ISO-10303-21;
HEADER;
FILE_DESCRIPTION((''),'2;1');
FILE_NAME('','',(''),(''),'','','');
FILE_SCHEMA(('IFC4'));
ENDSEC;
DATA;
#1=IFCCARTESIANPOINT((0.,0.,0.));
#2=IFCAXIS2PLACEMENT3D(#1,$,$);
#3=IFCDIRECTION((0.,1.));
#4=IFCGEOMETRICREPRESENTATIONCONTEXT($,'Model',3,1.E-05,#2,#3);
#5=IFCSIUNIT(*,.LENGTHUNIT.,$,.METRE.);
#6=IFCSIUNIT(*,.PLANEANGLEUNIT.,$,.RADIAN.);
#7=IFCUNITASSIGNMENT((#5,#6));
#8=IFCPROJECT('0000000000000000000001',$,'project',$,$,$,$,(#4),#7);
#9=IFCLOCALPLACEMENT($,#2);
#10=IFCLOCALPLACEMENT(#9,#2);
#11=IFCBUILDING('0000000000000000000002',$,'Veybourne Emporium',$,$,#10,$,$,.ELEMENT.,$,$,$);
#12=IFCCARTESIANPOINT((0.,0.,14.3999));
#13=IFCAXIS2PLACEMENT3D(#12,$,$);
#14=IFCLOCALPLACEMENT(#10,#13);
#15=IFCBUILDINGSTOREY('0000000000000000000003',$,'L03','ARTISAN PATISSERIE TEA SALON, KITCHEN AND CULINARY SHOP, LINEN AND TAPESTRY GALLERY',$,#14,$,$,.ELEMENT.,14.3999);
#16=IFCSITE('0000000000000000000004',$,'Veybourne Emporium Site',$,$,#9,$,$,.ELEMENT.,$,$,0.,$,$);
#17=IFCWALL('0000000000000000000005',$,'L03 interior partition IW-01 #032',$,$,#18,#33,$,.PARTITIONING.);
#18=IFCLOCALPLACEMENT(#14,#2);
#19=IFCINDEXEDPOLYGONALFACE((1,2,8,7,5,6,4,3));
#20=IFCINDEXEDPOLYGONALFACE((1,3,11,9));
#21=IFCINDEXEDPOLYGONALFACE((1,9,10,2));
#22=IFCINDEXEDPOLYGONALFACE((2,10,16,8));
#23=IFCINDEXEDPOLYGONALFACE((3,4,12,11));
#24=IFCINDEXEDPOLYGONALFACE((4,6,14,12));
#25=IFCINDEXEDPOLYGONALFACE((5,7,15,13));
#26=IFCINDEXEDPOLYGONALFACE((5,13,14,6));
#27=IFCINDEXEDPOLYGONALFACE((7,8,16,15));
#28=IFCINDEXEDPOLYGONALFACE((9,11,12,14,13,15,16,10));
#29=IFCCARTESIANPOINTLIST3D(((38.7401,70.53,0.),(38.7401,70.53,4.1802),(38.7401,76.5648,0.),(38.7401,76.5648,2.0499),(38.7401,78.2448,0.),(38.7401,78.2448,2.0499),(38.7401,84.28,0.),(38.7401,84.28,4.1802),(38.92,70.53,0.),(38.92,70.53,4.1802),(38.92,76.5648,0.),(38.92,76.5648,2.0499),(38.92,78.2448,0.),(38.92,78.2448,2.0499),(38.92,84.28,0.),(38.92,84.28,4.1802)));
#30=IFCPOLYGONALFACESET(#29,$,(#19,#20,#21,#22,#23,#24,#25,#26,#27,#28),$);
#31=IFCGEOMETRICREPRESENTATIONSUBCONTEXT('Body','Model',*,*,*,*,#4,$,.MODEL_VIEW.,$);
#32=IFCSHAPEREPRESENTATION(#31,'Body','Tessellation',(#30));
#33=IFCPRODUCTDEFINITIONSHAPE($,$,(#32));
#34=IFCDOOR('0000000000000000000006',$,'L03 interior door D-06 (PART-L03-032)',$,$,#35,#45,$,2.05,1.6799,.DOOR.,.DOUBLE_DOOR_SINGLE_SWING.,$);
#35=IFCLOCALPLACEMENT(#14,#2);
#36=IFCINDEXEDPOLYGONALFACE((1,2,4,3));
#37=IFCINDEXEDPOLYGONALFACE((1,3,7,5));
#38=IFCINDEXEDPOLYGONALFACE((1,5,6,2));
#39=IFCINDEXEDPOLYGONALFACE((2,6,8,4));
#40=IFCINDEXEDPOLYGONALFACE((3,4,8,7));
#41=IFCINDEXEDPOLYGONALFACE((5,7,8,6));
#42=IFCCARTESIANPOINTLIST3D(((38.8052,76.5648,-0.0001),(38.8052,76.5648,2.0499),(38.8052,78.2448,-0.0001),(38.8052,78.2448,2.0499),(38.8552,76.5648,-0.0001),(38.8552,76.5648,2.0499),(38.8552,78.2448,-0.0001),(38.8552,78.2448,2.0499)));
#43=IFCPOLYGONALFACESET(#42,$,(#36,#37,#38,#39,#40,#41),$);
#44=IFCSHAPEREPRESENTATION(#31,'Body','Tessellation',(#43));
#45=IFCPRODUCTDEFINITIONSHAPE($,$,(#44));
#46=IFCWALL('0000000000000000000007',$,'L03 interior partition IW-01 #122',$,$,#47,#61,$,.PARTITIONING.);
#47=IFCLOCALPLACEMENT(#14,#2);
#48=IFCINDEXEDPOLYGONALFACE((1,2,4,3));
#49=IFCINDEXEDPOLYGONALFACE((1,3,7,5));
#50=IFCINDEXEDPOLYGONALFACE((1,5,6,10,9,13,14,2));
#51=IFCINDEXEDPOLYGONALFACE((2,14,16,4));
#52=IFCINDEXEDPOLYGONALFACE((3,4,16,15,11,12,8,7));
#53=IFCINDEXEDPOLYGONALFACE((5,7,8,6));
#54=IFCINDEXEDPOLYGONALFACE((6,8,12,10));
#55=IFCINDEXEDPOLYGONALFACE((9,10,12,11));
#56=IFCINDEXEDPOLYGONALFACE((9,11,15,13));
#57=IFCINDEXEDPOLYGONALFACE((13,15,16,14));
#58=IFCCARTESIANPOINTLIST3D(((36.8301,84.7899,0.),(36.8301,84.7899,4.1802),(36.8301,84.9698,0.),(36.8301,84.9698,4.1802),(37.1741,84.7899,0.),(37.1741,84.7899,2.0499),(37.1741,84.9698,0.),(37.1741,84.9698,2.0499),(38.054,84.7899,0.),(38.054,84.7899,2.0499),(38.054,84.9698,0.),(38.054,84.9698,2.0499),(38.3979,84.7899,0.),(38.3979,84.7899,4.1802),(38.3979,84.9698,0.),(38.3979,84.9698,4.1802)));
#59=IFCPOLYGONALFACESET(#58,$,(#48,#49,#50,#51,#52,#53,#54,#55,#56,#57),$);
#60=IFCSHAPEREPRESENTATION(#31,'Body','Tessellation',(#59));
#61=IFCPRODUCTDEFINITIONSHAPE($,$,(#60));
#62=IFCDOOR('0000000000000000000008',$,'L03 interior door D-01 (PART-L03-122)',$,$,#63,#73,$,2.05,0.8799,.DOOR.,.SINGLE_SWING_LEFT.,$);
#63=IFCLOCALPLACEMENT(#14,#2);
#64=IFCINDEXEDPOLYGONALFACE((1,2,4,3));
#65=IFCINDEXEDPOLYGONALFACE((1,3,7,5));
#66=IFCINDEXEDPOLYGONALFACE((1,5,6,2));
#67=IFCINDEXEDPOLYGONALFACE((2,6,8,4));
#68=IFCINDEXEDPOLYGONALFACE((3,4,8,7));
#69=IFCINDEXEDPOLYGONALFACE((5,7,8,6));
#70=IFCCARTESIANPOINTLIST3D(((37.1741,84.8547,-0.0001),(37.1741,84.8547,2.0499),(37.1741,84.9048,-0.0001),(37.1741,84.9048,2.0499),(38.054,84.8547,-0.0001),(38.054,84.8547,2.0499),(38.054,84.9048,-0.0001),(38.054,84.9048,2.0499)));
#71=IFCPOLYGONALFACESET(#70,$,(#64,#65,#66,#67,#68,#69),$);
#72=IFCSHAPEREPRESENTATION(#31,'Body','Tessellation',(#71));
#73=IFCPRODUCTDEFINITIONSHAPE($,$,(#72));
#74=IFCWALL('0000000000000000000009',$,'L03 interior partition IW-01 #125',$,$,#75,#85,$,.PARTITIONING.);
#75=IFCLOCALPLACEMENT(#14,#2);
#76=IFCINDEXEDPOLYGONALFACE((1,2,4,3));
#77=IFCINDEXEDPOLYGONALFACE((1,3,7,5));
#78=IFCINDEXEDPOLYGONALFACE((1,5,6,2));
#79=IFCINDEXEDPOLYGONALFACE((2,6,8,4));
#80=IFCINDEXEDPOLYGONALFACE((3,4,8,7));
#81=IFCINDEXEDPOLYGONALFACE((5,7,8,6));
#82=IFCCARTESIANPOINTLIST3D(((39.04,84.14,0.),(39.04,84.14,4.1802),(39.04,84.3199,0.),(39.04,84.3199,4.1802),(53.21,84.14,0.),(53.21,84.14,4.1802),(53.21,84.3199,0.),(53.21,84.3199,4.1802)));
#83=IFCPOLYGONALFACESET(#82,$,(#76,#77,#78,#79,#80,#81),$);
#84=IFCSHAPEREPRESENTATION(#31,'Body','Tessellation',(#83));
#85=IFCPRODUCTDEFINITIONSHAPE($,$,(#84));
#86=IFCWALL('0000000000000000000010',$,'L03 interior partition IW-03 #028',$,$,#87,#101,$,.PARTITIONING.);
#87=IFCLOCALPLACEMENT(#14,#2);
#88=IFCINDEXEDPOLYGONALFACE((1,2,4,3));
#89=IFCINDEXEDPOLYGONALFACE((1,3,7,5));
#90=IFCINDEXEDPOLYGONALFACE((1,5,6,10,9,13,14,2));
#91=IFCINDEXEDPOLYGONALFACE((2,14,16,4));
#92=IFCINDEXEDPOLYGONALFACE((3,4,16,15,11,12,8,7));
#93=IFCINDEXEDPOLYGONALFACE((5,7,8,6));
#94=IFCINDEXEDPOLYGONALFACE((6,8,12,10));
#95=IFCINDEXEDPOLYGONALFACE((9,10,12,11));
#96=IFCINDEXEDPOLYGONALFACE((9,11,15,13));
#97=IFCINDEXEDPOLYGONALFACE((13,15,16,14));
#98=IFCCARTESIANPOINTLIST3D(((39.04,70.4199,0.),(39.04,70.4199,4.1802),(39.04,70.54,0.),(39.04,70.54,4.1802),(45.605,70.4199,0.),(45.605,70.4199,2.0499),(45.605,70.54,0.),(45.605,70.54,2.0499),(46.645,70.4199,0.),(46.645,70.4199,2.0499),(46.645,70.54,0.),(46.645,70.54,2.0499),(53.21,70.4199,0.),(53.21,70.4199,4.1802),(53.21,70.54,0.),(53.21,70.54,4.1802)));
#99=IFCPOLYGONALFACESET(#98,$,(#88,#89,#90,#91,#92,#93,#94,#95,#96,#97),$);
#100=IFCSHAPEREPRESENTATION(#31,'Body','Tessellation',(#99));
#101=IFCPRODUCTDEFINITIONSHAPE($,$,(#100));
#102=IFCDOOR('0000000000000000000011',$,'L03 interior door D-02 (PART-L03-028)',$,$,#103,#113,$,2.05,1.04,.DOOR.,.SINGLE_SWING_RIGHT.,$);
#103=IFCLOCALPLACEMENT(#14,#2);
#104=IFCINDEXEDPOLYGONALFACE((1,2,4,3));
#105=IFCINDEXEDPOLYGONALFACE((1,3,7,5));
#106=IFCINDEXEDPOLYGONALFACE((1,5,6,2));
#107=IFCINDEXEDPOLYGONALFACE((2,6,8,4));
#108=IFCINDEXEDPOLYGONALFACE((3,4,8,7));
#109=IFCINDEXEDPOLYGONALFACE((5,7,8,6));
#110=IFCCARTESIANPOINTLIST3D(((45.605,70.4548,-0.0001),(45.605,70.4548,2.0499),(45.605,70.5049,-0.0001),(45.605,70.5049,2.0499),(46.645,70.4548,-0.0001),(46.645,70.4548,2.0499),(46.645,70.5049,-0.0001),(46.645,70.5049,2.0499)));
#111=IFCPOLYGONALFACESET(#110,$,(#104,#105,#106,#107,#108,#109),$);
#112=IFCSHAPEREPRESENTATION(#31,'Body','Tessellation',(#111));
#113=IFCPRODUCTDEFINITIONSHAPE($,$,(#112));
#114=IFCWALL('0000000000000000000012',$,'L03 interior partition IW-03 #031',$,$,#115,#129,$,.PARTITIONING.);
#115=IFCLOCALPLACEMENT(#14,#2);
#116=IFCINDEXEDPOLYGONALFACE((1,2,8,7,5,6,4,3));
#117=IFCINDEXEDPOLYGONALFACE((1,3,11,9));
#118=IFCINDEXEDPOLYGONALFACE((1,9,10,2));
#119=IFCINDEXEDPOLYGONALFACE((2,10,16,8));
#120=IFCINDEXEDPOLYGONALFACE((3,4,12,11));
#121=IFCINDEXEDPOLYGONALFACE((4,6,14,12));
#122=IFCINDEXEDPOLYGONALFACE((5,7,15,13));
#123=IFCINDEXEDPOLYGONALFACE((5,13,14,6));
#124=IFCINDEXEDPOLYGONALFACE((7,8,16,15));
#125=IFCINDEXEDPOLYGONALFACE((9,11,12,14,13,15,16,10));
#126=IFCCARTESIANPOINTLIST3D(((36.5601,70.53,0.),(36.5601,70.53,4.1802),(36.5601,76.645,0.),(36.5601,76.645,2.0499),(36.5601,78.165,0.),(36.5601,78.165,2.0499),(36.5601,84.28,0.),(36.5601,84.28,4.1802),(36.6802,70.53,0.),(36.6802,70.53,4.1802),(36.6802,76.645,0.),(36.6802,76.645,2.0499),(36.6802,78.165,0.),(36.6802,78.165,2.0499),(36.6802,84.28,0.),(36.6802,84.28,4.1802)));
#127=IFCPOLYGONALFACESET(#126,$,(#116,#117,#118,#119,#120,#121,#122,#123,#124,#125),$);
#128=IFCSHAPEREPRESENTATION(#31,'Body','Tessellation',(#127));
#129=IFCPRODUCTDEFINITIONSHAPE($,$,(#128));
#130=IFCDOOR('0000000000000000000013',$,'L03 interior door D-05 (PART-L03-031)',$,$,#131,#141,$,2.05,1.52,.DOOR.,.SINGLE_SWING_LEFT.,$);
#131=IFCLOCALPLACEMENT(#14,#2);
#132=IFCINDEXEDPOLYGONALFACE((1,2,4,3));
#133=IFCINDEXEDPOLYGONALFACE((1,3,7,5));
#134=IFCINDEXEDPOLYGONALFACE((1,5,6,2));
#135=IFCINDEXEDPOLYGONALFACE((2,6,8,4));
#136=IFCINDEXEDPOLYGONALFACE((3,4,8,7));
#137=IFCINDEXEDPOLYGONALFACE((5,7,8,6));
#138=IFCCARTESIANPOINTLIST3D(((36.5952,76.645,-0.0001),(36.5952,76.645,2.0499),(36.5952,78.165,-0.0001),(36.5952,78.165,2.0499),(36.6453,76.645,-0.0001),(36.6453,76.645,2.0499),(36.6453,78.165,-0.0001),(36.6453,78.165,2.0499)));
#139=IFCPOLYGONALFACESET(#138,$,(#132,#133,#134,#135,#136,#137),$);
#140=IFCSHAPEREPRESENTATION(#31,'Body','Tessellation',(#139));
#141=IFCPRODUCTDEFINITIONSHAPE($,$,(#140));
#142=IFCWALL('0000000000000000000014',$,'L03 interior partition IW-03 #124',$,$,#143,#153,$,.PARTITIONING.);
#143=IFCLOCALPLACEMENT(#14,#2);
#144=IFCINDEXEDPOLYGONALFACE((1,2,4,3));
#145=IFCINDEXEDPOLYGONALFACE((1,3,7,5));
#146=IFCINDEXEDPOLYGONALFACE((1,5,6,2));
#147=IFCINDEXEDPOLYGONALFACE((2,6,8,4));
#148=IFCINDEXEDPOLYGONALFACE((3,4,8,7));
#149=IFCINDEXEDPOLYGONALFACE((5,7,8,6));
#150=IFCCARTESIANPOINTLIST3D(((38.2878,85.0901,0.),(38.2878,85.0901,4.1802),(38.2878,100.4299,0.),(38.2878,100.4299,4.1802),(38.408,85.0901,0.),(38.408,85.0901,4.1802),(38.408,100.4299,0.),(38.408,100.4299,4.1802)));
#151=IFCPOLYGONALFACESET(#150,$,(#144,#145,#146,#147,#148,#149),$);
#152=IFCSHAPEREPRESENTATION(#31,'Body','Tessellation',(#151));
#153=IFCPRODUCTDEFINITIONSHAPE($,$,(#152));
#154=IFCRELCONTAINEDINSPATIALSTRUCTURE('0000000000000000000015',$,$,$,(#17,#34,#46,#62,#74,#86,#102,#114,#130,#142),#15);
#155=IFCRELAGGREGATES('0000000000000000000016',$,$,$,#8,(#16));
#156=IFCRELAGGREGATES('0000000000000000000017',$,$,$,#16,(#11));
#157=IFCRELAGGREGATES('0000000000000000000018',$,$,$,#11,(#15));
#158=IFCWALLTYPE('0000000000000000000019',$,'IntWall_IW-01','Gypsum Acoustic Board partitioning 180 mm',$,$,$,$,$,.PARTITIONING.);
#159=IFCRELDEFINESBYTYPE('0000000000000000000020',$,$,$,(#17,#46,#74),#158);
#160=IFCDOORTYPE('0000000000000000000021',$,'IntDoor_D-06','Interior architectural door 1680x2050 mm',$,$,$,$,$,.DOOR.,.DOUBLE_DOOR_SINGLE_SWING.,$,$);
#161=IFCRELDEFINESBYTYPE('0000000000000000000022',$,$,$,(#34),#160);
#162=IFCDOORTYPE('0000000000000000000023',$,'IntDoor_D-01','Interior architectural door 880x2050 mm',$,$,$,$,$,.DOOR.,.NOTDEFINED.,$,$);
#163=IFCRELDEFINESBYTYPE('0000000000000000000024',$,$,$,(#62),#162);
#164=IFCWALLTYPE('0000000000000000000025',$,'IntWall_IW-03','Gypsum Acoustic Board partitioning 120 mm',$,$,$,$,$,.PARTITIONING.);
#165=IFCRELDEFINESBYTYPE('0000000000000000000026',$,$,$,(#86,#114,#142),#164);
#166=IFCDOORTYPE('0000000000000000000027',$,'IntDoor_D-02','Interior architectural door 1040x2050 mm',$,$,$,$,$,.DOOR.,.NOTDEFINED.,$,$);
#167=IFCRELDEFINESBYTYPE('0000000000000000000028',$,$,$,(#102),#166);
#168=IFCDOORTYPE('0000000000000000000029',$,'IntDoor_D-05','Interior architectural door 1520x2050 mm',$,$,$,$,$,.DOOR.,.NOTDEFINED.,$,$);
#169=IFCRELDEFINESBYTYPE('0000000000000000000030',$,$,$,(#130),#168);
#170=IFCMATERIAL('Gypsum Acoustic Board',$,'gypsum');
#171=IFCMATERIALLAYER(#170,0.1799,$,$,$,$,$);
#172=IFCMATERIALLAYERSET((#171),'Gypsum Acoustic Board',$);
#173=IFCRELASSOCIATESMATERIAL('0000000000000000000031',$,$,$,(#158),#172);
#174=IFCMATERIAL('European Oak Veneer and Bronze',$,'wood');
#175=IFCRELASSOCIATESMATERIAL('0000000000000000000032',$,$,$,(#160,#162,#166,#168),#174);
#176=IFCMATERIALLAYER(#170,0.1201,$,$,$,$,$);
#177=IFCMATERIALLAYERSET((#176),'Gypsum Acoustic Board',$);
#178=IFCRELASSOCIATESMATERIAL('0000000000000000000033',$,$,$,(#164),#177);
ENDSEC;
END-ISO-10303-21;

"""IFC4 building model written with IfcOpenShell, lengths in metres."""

from ifc_helpers import new_model, si_unit, direction, frame, frame_2d, origin, place, context, subcontext, project, spatial, rectangle, extrude, material, layer, layer_set, type_object, element, fill, save


model = new_model("IFC4")

# Units and contexts
model_context = context("Model", 3, precision=1e-05, world=origin(), true_north=direction((0.0, 1.0)))
body_context = subcontext(model_context, "Body", "Model", "MODEL_VIEW")
ifc_project = project(units=[si_unit("LENGTHUNIT", "METRE"), si_unit("PLANEANGLEUNIT", "RADIAN")], contexts=[model_context])

# Site, building, storey
site_placement = place(None, origin())
site = spatial("IfcSite", under=ifc_project, at=site_placement, Name="Veybourne Emporium Site", CompositionType="ELEMENT", RefElevation=0.0)
building_placement = place(site_placement, origin())
building = spatial("IfcBuilding", under=site, at=building_placement, Name="Veybourne Emporium", CompositionType="ELEMENT")
storey_placement = place(building_placement, frame((0.0, 0.0, 14.3999)))
storey = spatial("IfcBuildingStorey", under=building, at=storey_placement, Name="L03", Description="ARTISAN PATISSERIE TEA SALON, KITCHEN AND CULINARY SHOP, LINEN AND TAPESTRY GALLERY", CompositionType="ELEMENT", Elevation=14.3999)

# Walls, openings, doors
ifc_material_1 = material(Name="Gypsum Acoustic Board", Category="gypsum")
ifc_layer_1 = layer(ifc_material_1, 0.1799)
ifc_layer_set_1 = layer_set([ifc_layer_1], Name="Gypsum Acoustic Board")
wall_type_1 = type_object("IfcWallType", Name="IntWall_IW-01", Description="Gypsum Acoustic Board partitioning 180 mm", PredefinedType="PARTITIONING", material=ifc_layer_set_1)
ifc_material_2 = material(Name="European Oak Veneer and Bronze", Category="wood")
wall_1_placement = place(storey_placement, frame((38.8301, 70.53, 0.0), z_axis=(0.0, 0.0, 1.0), x_axis=(0.0, 1.0, 0.0)))
wall_1 = element("IfcWall", 1, at=wall_1_placement, inside=storey, type_object=wall_type_1, Name="L03 interior partition IW-01 #032", PredefinedType="PARTITIONING", context=body_context, shape_type="SweptSolid", body=[
    extrude(rectangle(XDim=13.75, YDim=0.1799, at=frame_2d((6.875, 0.0))), origin(), (0.0, 0.0, 1.0), 4.1802),
])
opening_1_placement = place(wall_1_placement, frame((6.0349, 0.0, 0.0)))
opening_1 = element("IfcOpeningElement", 2, at=opening_1_placement, cuts=wall_1, PredefinedType="OPENING", context=body_context, shape_type="SweptSolid", body=[
    extrude(rectangle(XDim=1.6799, YDim=2.05, at=frame_2d((0.8398, 1.0249))), frame((0.0, 0.1099, 0.0), z_axis=(0.0, -1.0, 0.0), x_axis=(1.0, 0.0, 0.0)), (0.0, 0.0, 1.0), 0.22),
])
door_type_1 = type_object("IfcDoorType", Name="IntDoor_D-06", Description="Interior architectural door 1680x2050 mm", OperationType="DOUBLE_DOOR_SINGLE_SWING", PredefinedType="DOOR", material=ifc_material_2)
door_1_placement = place(opening_1_placement, origin())
door_1 = element("IfcDoor", 3, at=door_1_placement, inside=storey, type_object=door_type_1, Name="L03 interior door D-06 (PART-L03-032)", OperationType="DOUBLE_DOOR_SINGLE_SWING", OverallHeight=2.05, OverallWidth=1.6799, PredefinedType="DOOR", context=body_context, shape_type="SweptSolid", body=[
    extrude(rectangle(XDim=1.6799, YDim=2.05, at=frame_2d((0.8398, 1.0249))), frame((0.0, 0.0249, 0.0), z_axis=(0.0, -1.0, 0.0), x_axis=(1.0, 0.0, 0.0)), (0.0, 0.0, 1.0), 0.05),
])
fill(opening_1, door_1)
wall_2_placement = place(storey_placement, frame((36.8301, 84.8799, 0.0), z_axis=(0.0, 0.0, 1.0), x_axis=(1.0, 0.0, 0.0)))
wall_2 = element("IfcWall", 4, at=wall_2_placement, inside=storey, type_object=wall_type_1, Name="L03 interior partition IW-01 #122", PredefinedType="PARTITIONING", context=body_context, shape_type="SweptSolid", body=[
    extrude(rectangle(XDim=1.5679, YDim=0.1799, at=frame_2d((0.7839, 0.0))), origin(), (0.0, 0.0, 1.0), 4.1802),
])
opening_2_placement = place(wall_2_placement, frame((0.344, 0.0, 0.0)))
opening_2 = element("IfcOpeningElement", 5, at=opening_2_placement, cuts=wall_2, PredefinedType="OPENING", context=body_context, shape_type="SweptSolid", body=[
    extrude(rectangle(XDim=0.8799, YDim=2.05, at=frame_2d((0.4399, 1.0249))), frame((0.0, 0.1099, 0.0), z_axis=(0.0, -1.0, 0.0), x_axis=(1.0, 0.0, 0.0)), (0.0, 0.0, 1.0), 0.22),
])
door_type_2 = type_object("IfcDoorType", Name="IntDoor_D-01", Description="Interior architectural door 880x2050 mm", OperationType="NOTDEFINED", PredefinedType="DOOR", material=ifc_material_2)
door_2_placement = place(opening_2_placement, origin())
door_2 = element("IfcDoor", 6, at=door_2_placement, inside=storey, type_object=door_type_2, Name="L03 interior door D-01 (PART-L03-122)", OperationType="SINGLE_SWING_LEFT", OverallHeight=2.05, OverallWidth=0.8799, PredefinedType="DOOR", context=body_context, shape_type="SweptSolid", body=[
    extrude(rectangle(XDim=0.8799, YDim=2.05, at=frame_2d((0.4399, 1.0249))), frame((0.0, 0.0249, 0.0), z_axis=(0.0, -1.0, 0.0), x_axis=(1.0, 0.0, 0.0)), (0.0, 0.0, 1.0), 0.05),
])
fill(opening_2, door_2)

# Wall
wall_3_placement = place(storey_placement, frame((39.04, 84.23, 0.0), z_axis=(0.0, 0.0, 1.0), x_axis=(1.0, 0.0, 0.0)))
element("IfcWall", 7, at=wall_3_placement, inside=storey, type_object=wall_type_1, Name="L03 interior partition IW-01 #125", PredefinedType="PARTITIONING", context=body_context, shape_type="SweptSolid", body=[
    extrude(rectangle(XDim=14.1699, YDim=0.1799, at=frame_2d((7.085, 0.0))), origin(), (0.0, 0.0, 1.0), 4.1802),
])

# Walls, openings, doors
ifc_layer_2 = layer(ifc_material_1, 0.1201)
ifc_layer_set_2 = layer_set([ifc_layer_2], Name="Gypsum Acoustic Board")
wall_type_2 = type_object("IfcWallType", Name="IntWall_IW-03", Description="Gypsum Acoustic Board partitioning 120 mm", PredefinedType="PARTITIONING", material=ifc_layer_set_2)
wall_4_placement = place(storey_placement, frame((39.04, 70.48, 0.0), z_axis=(0.0, 0.0, 1.0), x_axis=(1.0, 0.0, 0.0)))
wall_4 = element("IfcWall", 8, at=wall_4_placement, inside=storey, type_object=wall_type_2, Name="L03 interior partition IW-03 #028", PredefinedType="PARTITIONING", context=body_context, shape_type="SweptSolid", body=[
    extrude(rectangle(XDim=14.1699, YDim=0.1201, at=frame_2d((7.085, 0.0))), origin(), (0.0, 0.0, 1.0), 4.1802),
])
opening_3_placement = place(wall_4_placement, frame((6.5649, 0.0, 0.0)))
opening_3 = element("IfcOpeningElement", 9, at=opening_3_placement, cuts=wall_4, PredefinedType="OPENING", context=body_context, shape_type="SweptSolid", body=[
    extrude(rectangle(XDim=1.04, YDim=2.05, at=frame_2d((0.52, 1.0249))), frame((0.0, 0.0801, 0.0), z_axis=(0.0, -1.0, 0.0), x_axis=(1.0, 0.0, 0.0)), (0.0, 0.0, 1.0), 0.1602),
])
door_type_3 = type_object("IfcDoorType", Name="IntDoor_D-02", Description="Interior architectural door 1040x2050 mm", OperationType="NOTDEFINED", PredefinedType="DOOR", material=ifc_material_2)
door_3_placement = place(opening_3_placement, origin())
door_3 = element("IfcDoor", 10, at=door_3_placement, inside=storey, type_object=door_type_3, Name="L03 interior door D-02 (PART-L03-028)", OperationType="SINGLE_SWING_RIGHT", OverallHeight=2.05, OverallWidth=1.04, PredefinedType="DOOR", context=body_context, shape_type="SweptSolid", body=[
    extrude(rectangle(XDim=1.04, YDim=2.05, at=frame_2d((0.52, 1.0249))), frame((0.0, 0.0249, 0.0), z_axis=(0.0, -1.0, 0.0), x_axis=(1.0, 0.0, 0.0)), (0.0, 0.0, 1.0), 0.05),
])
fill(opening_3, door_3)
wall_5_placement = place(storey_placement, frame((36.6201, 70.53, 0.0), z_axis=(0.0, 0.0, 1.0), x_axis=(0.0, 1.0, 0.0)))
wall_5 = element("IfcWall", 11, at=wall_5_placement, inside=storey, type_object=wall_type_2, Name="L03 interior partition IW-03 #031", PredefinedType="PARTITIONING", context=body_context, shape_type="SweptSolid", body=[
    extrude(rectangle(XDim=13.75, YDim=0.1201, at=frame_2d((6.875, 0.0))), origin(), (0.0, 0.0, 1.0), 4.1802),
])
opening_4_placement = place(wall_5_placement, frame((6.115, 0.0, 0.0)))
opening_4 = element("IfcOpeningElement", 12, at=opening_4_placement, cuts=wall_5, PredefinedType="OPENING", context=body_context, shape_type="SweptSolid", body=[
    extrude(rectangle(XDim=1.52, YDim=2.05, at=frame_2d((0.76, 1.0249))), frame((0.0, 0.0801, 0.0), z_axis=(0.0, -1.0, 0.0), x_axis=(1.0, 0.0, 0.0)), (0.0, 0.0, 1.0), 0.1602),
])
door_type_4 = type_object("IfcDoorType", Name="IntDoor_D-05", Description="Interior architectural door 1520x2050 mm", OperationType="NOTDEFINED", PredefinedType="DOOR", material=ifc_material_2)
door_4_placement = place(opening_4_placement, origin())
door_4 = element("IfcDoor", 13, at=door_4_placement, inside=storey, type_object=door_type_4, Name="L03 interior door D-05 (PART-L03-031)", OperationType="SINGLE_SWING_LEFT", OverallHeight=2.05, OverallWidth=1.52, PredefinedType="DOOR", context=body_context, shape_type="SweptSolid", body=[
    extrude(rectangle(XDim=1.52, YDim=2.05, at=frame_2d((0.76, 1.0249))), frame((0.0, 0.0249, 0.0), z_axis=(0.0, -1.0, 0.0), x_axis=(1.0, 0.0, 0.0)), (0.0, 0.0, 1.0), 0.05),
])
fill(opening_4, door_4)

# Wall
wall_6_placement = place(storey_placement, frame((38.3479, 85.0901, 0.0), z_axis=(0.0, 0.0, 1.0), x_axis=(0.0, 1.0, 0.0)))
element("IfcWall", 14, at=wall_6_placement, inside=storey, type_object=wall_type_2, Name="L03 interior partition IW-03 #124", PredefinedType="PARTITIONING", context=body_context, shape_type="SweptSolid", body=[
    extrude(rectangle(XDim=15.3398, YDim=0.1201, at=frame_2d((7.6699, 0.0))), origin(), (0.0, 0.0, 1.0), 4.1802),
])

save(model, "model.ifc")
